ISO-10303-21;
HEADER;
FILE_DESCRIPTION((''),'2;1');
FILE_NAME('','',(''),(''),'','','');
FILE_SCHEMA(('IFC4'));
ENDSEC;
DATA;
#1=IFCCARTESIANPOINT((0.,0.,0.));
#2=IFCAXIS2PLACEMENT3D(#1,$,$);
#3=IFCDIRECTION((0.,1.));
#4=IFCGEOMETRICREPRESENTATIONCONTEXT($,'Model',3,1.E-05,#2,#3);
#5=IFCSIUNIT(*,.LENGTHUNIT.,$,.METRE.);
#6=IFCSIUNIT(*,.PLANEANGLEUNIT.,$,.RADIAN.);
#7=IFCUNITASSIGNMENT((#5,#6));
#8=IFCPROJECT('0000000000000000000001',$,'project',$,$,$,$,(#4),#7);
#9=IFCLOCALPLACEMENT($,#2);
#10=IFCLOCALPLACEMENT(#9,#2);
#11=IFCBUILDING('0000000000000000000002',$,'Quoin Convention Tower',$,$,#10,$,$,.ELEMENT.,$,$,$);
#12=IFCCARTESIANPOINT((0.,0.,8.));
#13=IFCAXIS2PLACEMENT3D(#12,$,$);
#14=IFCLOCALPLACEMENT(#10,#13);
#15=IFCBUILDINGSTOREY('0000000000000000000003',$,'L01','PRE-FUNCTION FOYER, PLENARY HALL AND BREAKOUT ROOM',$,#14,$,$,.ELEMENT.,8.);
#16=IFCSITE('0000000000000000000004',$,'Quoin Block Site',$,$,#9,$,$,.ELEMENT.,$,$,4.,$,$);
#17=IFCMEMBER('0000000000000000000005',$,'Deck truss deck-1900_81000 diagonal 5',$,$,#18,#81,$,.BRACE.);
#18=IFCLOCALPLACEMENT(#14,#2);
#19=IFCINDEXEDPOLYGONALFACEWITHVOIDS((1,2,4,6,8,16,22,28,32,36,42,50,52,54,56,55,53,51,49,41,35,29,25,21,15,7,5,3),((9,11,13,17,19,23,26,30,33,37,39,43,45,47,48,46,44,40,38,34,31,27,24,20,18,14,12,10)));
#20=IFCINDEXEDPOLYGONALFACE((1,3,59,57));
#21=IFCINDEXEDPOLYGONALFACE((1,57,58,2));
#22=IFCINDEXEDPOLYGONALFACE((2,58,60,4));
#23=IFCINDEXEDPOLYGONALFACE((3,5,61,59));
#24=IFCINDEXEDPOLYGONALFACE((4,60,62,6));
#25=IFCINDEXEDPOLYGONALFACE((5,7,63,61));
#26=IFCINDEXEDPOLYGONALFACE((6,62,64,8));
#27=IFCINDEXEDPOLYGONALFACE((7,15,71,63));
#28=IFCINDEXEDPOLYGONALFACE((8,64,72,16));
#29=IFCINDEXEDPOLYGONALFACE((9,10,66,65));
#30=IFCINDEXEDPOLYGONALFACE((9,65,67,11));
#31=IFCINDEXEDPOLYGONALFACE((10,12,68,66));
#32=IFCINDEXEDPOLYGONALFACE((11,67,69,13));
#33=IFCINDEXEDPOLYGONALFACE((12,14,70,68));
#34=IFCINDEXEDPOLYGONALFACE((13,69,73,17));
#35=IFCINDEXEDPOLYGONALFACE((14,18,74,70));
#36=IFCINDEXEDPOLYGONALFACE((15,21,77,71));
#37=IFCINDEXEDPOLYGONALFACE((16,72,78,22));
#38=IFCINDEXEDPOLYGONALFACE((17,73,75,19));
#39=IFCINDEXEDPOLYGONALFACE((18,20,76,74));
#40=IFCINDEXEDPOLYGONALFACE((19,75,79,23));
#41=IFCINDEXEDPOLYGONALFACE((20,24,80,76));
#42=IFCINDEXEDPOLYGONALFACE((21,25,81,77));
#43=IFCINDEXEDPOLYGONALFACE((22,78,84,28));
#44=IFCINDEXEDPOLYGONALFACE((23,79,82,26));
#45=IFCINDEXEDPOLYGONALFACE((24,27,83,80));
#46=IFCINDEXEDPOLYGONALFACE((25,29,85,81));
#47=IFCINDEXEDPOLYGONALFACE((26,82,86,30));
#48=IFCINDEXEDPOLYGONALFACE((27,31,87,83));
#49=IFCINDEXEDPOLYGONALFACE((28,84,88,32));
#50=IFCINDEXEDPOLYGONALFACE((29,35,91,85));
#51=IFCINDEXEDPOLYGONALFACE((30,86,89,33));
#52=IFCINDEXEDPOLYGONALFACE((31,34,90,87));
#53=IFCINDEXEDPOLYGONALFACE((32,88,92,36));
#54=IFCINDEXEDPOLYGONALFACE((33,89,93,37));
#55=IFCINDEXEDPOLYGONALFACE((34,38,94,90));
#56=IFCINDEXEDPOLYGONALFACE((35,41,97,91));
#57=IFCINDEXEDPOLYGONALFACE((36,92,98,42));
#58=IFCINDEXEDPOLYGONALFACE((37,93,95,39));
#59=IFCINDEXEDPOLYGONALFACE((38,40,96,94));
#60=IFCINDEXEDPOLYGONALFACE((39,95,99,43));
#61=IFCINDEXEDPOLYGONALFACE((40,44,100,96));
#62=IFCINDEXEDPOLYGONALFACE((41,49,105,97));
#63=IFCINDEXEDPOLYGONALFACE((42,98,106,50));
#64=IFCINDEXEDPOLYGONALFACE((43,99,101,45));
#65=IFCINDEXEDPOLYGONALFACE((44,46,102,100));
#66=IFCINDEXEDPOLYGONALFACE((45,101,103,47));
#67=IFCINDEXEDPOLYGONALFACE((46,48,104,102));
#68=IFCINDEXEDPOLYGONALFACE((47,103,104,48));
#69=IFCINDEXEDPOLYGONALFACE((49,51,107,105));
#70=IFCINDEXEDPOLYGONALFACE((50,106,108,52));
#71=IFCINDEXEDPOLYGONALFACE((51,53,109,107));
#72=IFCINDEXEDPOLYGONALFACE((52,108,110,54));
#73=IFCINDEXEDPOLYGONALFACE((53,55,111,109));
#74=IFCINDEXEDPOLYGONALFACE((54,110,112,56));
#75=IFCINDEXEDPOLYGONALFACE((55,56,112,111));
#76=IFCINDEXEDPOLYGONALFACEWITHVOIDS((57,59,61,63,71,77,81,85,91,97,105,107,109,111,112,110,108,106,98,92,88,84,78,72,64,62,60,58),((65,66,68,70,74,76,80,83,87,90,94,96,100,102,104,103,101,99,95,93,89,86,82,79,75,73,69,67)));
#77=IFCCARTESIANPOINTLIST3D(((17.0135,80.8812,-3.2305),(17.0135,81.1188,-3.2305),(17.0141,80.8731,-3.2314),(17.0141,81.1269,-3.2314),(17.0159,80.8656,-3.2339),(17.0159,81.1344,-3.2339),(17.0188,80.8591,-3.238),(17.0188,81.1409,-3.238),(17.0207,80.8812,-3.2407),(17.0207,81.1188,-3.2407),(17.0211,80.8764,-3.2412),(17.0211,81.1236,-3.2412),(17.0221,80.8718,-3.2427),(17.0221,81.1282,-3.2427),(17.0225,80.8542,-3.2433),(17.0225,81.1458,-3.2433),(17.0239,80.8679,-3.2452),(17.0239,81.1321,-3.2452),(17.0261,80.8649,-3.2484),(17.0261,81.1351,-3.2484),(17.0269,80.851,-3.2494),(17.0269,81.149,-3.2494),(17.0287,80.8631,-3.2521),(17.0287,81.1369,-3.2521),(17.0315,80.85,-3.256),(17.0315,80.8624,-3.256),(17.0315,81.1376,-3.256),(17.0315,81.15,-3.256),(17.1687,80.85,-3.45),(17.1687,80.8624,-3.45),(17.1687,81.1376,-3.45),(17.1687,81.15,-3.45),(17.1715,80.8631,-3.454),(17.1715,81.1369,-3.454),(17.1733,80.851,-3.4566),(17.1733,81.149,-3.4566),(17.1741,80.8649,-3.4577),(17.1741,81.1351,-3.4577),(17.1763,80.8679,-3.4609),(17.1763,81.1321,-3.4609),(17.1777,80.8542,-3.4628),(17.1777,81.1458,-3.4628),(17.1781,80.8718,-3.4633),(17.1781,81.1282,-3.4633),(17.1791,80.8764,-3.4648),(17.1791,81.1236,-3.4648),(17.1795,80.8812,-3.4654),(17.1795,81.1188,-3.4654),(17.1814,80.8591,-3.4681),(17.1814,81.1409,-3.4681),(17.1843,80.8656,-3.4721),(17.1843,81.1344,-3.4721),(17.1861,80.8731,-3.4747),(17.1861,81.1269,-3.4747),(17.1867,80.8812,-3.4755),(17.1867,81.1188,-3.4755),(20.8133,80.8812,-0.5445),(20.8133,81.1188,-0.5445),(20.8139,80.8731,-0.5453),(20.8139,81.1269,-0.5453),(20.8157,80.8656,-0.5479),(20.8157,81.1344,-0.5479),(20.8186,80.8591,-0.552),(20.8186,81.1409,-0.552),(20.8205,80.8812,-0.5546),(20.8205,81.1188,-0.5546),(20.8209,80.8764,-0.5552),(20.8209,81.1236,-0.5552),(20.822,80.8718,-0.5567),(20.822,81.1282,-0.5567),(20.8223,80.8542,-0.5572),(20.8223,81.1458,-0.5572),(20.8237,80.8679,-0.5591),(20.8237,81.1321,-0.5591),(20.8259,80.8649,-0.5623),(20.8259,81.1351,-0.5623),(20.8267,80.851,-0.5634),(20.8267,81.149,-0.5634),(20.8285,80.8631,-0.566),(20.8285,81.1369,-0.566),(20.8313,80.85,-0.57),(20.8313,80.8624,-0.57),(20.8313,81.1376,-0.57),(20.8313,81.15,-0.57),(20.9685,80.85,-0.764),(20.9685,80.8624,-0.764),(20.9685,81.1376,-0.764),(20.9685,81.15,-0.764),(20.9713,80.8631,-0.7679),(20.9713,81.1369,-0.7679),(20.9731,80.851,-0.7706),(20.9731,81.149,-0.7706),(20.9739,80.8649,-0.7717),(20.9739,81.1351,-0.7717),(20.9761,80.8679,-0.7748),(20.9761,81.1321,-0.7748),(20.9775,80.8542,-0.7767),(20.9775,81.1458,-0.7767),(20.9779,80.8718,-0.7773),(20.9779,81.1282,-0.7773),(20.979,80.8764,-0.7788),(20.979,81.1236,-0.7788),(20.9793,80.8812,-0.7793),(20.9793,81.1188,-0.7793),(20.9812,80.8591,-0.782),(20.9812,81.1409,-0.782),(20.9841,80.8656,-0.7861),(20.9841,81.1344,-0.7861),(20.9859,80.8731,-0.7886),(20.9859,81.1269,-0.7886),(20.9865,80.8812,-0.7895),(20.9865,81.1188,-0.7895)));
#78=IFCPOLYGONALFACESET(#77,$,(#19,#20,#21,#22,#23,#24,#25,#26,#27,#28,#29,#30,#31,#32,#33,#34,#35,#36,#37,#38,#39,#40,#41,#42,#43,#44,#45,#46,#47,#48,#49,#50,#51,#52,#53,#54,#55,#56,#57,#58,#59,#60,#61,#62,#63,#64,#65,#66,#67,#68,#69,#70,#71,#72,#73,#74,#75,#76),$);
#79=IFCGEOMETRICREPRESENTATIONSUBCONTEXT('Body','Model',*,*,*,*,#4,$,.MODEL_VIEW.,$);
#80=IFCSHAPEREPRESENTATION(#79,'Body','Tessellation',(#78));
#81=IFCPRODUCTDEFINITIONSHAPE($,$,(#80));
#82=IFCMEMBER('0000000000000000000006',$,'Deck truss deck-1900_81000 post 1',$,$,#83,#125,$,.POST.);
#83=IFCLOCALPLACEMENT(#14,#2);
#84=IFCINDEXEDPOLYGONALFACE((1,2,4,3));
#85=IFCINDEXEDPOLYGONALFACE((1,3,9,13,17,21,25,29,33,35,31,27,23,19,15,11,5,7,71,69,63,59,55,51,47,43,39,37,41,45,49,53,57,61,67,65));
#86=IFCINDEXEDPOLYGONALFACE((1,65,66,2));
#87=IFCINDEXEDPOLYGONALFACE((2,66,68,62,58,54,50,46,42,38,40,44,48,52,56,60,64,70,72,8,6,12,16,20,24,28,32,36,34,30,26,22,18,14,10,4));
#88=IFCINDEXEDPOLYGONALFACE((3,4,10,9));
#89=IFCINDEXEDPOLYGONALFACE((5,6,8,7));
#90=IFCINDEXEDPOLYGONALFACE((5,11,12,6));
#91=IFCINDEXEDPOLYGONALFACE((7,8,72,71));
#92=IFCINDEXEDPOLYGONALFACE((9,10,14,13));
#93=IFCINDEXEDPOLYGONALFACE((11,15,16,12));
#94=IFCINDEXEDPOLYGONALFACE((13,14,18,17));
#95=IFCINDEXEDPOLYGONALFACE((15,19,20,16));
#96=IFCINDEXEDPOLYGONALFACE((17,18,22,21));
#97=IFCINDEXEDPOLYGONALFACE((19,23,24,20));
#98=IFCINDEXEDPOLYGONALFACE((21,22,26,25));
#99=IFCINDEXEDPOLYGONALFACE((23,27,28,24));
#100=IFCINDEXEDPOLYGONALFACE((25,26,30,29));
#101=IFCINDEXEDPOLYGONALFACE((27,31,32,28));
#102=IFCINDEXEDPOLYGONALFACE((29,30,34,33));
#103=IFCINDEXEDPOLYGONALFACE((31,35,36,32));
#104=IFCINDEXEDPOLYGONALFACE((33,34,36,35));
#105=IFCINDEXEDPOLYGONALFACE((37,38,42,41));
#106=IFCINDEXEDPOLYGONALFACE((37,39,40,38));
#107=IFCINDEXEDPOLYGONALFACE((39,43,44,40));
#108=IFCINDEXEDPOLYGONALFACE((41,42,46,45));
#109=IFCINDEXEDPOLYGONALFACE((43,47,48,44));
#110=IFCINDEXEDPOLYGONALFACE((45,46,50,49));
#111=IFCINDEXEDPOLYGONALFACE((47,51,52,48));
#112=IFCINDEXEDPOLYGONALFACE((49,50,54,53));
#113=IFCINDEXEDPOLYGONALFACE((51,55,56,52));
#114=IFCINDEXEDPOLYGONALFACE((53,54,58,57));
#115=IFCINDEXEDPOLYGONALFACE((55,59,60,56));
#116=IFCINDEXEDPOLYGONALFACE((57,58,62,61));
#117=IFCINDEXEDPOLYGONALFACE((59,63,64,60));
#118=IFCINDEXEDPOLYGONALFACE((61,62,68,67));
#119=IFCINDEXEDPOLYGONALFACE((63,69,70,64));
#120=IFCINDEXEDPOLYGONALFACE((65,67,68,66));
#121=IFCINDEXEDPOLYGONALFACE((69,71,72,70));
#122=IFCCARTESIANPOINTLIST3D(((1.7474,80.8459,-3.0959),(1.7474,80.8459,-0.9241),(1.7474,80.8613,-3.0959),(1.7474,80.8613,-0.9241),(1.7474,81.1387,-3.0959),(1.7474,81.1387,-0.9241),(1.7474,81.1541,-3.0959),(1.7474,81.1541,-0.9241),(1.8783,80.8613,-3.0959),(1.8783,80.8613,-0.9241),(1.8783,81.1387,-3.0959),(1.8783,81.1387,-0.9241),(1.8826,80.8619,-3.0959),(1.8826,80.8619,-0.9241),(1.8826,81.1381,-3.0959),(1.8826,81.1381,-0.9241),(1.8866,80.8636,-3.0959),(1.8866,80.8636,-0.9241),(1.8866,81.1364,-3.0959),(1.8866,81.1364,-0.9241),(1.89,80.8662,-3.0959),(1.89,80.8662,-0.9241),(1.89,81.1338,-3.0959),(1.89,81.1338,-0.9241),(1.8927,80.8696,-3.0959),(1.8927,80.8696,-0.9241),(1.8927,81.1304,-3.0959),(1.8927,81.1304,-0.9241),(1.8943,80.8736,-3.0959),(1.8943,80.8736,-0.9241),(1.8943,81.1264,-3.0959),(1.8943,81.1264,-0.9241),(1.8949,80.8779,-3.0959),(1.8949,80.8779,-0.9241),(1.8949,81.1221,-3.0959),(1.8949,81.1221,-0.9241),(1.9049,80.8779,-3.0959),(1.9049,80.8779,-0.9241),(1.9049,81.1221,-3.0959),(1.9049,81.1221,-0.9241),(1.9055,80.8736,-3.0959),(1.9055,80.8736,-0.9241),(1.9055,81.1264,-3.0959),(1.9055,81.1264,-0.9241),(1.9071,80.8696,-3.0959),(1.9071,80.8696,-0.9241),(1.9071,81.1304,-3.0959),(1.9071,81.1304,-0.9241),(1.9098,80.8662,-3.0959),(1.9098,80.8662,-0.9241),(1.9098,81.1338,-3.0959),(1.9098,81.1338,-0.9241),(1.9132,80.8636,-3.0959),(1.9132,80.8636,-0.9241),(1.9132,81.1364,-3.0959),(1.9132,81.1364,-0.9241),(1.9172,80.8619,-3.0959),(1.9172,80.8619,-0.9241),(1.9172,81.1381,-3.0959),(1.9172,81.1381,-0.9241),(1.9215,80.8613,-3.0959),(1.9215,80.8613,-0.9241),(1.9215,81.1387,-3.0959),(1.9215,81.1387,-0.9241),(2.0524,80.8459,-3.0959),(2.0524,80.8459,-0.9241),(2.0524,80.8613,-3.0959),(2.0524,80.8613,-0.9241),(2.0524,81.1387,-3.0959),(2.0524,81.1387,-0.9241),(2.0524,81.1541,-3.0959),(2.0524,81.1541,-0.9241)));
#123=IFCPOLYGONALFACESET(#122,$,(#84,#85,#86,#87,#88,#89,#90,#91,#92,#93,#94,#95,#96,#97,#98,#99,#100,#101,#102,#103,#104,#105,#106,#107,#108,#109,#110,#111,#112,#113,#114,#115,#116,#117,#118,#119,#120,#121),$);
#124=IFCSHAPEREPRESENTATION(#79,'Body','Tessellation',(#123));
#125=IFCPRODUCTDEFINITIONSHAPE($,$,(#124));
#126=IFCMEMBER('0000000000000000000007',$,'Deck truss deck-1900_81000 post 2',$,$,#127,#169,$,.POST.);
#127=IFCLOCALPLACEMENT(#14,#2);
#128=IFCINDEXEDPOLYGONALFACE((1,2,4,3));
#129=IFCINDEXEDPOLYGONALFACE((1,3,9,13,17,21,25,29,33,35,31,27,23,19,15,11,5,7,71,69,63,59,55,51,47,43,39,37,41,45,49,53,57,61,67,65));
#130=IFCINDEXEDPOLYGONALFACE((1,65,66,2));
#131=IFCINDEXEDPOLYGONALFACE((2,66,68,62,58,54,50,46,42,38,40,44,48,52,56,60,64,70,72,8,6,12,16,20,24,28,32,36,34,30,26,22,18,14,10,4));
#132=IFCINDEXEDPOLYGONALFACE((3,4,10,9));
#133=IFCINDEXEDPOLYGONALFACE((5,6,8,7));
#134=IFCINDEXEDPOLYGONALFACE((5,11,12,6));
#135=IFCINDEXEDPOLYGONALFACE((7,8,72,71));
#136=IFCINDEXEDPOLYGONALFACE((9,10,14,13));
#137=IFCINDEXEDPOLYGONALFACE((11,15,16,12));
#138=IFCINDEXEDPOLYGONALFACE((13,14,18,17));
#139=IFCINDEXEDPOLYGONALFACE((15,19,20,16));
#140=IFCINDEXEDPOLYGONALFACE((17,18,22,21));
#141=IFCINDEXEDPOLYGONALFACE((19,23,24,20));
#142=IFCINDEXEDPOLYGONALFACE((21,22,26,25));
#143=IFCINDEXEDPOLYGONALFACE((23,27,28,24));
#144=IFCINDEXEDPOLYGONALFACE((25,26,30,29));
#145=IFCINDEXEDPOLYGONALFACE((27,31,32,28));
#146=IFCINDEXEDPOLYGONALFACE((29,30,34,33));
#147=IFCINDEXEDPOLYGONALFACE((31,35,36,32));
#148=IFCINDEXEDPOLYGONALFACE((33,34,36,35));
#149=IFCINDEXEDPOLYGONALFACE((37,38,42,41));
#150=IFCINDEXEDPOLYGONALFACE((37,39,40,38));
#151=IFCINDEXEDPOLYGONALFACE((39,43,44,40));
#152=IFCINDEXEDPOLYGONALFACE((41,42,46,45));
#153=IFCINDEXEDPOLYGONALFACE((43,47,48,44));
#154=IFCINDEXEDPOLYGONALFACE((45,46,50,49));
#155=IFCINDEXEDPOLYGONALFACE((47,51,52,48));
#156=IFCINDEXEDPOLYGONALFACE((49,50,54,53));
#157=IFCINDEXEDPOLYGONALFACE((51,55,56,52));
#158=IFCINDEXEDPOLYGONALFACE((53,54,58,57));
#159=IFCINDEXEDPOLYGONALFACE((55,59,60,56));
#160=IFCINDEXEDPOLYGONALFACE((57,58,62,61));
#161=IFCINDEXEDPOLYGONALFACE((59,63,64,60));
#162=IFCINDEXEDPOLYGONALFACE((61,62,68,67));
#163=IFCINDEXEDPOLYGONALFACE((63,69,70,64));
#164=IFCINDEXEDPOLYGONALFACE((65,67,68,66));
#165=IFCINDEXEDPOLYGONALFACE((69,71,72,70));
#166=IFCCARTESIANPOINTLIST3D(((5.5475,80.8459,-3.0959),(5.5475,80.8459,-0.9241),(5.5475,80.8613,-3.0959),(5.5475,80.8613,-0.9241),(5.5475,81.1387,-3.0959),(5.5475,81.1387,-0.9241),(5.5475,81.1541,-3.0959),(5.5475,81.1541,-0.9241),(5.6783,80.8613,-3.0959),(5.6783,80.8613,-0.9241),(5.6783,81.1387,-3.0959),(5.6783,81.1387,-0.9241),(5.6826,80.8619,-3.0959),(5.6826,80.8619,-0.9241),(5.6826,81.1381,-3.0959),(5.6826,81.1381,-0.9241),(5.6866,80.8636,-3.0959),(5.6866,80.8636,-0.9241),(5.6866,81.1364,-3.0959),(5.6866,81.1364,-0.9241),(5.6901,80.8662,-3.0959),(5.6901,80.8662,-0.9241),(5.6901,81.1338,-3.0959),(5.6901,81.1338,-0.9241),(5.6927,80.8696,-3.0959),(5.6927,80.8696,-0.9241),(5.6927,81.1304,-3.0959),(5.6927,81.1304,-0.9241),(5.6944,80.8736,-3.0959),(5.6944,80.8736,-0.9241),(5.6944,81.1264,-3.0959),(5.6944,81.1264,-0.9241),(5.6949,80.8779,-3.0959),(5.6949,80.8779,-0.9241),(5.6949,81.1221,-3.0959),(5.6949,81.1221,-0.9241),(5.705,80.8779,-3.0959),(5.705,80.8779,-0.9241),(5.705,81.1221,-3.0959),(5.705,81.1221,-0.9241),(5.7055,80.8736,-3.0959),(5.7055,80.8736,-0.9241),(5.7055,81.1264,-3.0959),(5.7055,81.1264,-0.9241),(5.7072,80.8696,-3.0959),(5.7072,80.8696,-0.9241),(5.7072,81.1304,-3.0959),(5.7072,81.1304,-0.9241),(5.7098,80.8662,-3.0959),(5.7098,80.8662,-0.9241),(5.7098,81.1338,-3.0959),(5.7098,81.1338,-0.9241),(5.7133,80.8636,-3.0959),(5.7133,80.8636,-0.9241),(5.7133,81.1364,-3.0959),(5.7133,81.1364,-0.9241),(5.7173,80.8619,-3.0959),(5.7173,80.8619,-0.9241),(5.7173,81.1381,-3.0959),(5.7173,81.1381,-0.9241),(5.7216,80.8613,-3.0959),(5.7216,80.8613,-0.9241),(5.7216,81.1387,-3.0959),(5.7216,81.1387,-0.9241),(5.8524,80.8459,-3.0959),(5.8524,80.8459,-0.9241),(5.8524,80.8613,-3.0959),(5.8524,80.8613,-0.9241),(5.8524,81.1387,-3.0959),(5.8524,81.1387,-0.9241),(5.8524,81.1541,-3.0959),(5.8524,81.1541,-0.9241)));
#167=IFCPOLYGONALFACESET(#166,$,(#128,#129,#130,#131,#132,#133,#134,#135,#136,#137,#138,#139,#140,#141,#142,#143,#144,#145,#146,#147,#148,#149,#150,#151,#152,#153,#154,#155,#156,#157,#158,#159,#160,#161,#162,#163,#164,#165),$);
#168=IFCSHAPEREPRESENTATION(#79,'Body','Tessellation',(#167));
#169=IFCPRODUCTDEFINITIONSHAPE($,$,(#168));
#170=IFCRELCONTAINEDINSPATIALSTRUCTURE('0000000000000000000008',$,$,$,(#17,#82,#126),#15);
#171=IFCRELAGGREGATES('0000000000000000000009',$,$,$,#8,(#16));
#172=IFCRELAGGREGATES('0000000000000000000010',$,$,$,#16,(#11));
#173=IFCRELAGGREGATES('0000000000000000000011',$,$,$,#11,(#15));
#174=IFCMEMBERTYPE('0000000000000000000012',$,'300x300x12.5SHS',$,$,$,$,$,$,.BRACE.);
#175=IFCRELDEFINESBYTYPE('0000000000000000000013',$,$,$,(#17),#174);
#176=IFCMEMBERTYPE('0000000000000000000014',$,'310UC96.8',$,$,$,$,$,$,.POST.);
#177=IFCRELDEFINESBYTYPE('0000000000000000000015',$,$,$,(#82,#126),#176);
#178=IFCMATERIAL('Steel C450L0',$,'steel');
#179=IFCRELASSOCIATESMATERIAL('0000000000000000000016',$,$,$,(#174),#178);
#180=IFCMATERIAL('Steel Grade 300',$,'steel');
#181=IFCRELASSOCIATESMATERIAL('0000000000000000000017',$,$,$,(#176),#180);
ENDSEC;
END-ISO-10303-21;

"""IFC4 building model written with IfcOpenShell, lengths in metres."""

from ifc_helpers import new_model, si_unit, direction, frame, origin, origin_2d, place, context, subcontext, project, spatial, hollow_rectangle, i_section, extrude, material, material_profile, profile_set, type_object, element, save


model = new_model("IFC4")

# Units and contexts
model_context = context("Model", 3, precision=1e-05, world=origin(), true_north=direction((0.0, 1.0)))
body_context = subcontext(model_context, "Body", "Model", "MODEL_VIEW")
ifc_project = project(units=[si_unit("LENGTHUNIT", "METRE"), si_unit("PLANEANGLEUNIT", "RADIAN")], contexts=[model_context])

# Site, building, storey
site_placement = place(None, origin())
site = spatial("IfcSite", under=ifc_project, at=site_placement, Name="Quoin Block Site", CompositionType="ELEMENT", RefElevation=4.0)
building_placement = place(site_placement, origin())
building = spatial("IfcBuilding", under=site, at=building_placement, Name="Quoin Convention Tower", CompositionType="ELEMENT")
storey_placement = place(building_placement, frame((0.0, 0.0, 8.0)))
storey = spatial("IfcBuildingStorey", under=building, at=storey_placement, Name="L01", Description="PRE-FUNCTION FOYER, PLENARY HALL AND BREAKOUT ROOM", CompositionType="ELEMENT", Elevation=8.0)

# Shared definitions
ifc_material_1 = material(Name="Steel Grade 300", Category="steel")

# Members
ifc_material_2 = material(Name="Steel C450L0", Category="steel")
ifc_material_profile_1 = material_profile(ifc_material_2, hollow_rectangle(XDim=0.3, YDim=0.3, WallThickness=0.0125, InnerFilletRadius=0.0188, OuterFilletRadius=0.0312, at=origin_2d()), Name="300x300x12.5SHS")
ifc_profile_set_1 = profile_set([ifc_material_profile_1], Name="Steel C450L0")
member_type_1 = type_object("IfcMemberType", Name="300x300x12.5SHS", PredefinedType="BRACE", material=ifc_profile_set_1)
member_1_placement = place(storey_placement, frame((17.1001, 81.0, -3.353), z_axis=(0.816581, 0.0, 0.577231), x_axis=(0.0, 1.0, 0.0)))
element("IfcMember", 1, at=member_1_placement, inside=storey, type_object=member_type_1, Name="Deck truss deck-1900_81000 diagonal 5", PredefinedType="BRACE", context=body_context, shape_type="SweptSolid", body=[
    extrude(hollow_rectangle(XDim=0.3, YDim=0.3, WallThickness=0.0125, InnerFilletRadius=0.0188, OuterFilletRadius=0.0312, at=origin_2d()), origin(), (0.0, 0.0, 1.0), 4.6533),
])
ifc_material_profile_2 = material_profile(ifc_material_1, i_section(OverallWidth=0.3049, OverallDepth=0.3081, WebThickness=0.01, FlangeThickness=0.0154, FilletRadius=0.0166, at=origin_2d()), Name="310UC96.8")
ifc_profile_set_2 = profile_set([ifc_material_profile_2], Name="Steel Grade 300")
member_type_2 = type_object("IfcMemberType", Name="310UC96.8", PredefinedType="POST", material=ifc_profile_set_2)
for number, where, z_axis, x_axis, name in (
    (2, (1.8999, 81.0, -3.0959), (0.0, 0.0, 1.0), (1.0, 0.0, 0.0), "Deck truss deck-1900_81000 post 1"),
    (3, (5.7, 81.0, -3.0959), (0.0, 0.0, 1.0), (1.0, 0.0, 0.0), "Deck truss deck-1900_81000 post 2"),
):
    element("IfcMember", number, at=place(storey_placement, frame(where, z_axis=z_axis, x_axis=x_axis)), inside=storey, type_object=member_type_2, Name=name, PredefinedType="POST", context=body_context, shape_type="SweptSolid", body=[
        extrude(i_section(OverallWidth=0.3049, OverallDepth=0.3081, WebThickness=0.01, FlangeThickness=0.0154, FilletRadius=0.0166, at=origin_2d()), origin(), (0.0, 0.0, 1.0), 2.1719),
    ])

save(model, "model.ifc")
